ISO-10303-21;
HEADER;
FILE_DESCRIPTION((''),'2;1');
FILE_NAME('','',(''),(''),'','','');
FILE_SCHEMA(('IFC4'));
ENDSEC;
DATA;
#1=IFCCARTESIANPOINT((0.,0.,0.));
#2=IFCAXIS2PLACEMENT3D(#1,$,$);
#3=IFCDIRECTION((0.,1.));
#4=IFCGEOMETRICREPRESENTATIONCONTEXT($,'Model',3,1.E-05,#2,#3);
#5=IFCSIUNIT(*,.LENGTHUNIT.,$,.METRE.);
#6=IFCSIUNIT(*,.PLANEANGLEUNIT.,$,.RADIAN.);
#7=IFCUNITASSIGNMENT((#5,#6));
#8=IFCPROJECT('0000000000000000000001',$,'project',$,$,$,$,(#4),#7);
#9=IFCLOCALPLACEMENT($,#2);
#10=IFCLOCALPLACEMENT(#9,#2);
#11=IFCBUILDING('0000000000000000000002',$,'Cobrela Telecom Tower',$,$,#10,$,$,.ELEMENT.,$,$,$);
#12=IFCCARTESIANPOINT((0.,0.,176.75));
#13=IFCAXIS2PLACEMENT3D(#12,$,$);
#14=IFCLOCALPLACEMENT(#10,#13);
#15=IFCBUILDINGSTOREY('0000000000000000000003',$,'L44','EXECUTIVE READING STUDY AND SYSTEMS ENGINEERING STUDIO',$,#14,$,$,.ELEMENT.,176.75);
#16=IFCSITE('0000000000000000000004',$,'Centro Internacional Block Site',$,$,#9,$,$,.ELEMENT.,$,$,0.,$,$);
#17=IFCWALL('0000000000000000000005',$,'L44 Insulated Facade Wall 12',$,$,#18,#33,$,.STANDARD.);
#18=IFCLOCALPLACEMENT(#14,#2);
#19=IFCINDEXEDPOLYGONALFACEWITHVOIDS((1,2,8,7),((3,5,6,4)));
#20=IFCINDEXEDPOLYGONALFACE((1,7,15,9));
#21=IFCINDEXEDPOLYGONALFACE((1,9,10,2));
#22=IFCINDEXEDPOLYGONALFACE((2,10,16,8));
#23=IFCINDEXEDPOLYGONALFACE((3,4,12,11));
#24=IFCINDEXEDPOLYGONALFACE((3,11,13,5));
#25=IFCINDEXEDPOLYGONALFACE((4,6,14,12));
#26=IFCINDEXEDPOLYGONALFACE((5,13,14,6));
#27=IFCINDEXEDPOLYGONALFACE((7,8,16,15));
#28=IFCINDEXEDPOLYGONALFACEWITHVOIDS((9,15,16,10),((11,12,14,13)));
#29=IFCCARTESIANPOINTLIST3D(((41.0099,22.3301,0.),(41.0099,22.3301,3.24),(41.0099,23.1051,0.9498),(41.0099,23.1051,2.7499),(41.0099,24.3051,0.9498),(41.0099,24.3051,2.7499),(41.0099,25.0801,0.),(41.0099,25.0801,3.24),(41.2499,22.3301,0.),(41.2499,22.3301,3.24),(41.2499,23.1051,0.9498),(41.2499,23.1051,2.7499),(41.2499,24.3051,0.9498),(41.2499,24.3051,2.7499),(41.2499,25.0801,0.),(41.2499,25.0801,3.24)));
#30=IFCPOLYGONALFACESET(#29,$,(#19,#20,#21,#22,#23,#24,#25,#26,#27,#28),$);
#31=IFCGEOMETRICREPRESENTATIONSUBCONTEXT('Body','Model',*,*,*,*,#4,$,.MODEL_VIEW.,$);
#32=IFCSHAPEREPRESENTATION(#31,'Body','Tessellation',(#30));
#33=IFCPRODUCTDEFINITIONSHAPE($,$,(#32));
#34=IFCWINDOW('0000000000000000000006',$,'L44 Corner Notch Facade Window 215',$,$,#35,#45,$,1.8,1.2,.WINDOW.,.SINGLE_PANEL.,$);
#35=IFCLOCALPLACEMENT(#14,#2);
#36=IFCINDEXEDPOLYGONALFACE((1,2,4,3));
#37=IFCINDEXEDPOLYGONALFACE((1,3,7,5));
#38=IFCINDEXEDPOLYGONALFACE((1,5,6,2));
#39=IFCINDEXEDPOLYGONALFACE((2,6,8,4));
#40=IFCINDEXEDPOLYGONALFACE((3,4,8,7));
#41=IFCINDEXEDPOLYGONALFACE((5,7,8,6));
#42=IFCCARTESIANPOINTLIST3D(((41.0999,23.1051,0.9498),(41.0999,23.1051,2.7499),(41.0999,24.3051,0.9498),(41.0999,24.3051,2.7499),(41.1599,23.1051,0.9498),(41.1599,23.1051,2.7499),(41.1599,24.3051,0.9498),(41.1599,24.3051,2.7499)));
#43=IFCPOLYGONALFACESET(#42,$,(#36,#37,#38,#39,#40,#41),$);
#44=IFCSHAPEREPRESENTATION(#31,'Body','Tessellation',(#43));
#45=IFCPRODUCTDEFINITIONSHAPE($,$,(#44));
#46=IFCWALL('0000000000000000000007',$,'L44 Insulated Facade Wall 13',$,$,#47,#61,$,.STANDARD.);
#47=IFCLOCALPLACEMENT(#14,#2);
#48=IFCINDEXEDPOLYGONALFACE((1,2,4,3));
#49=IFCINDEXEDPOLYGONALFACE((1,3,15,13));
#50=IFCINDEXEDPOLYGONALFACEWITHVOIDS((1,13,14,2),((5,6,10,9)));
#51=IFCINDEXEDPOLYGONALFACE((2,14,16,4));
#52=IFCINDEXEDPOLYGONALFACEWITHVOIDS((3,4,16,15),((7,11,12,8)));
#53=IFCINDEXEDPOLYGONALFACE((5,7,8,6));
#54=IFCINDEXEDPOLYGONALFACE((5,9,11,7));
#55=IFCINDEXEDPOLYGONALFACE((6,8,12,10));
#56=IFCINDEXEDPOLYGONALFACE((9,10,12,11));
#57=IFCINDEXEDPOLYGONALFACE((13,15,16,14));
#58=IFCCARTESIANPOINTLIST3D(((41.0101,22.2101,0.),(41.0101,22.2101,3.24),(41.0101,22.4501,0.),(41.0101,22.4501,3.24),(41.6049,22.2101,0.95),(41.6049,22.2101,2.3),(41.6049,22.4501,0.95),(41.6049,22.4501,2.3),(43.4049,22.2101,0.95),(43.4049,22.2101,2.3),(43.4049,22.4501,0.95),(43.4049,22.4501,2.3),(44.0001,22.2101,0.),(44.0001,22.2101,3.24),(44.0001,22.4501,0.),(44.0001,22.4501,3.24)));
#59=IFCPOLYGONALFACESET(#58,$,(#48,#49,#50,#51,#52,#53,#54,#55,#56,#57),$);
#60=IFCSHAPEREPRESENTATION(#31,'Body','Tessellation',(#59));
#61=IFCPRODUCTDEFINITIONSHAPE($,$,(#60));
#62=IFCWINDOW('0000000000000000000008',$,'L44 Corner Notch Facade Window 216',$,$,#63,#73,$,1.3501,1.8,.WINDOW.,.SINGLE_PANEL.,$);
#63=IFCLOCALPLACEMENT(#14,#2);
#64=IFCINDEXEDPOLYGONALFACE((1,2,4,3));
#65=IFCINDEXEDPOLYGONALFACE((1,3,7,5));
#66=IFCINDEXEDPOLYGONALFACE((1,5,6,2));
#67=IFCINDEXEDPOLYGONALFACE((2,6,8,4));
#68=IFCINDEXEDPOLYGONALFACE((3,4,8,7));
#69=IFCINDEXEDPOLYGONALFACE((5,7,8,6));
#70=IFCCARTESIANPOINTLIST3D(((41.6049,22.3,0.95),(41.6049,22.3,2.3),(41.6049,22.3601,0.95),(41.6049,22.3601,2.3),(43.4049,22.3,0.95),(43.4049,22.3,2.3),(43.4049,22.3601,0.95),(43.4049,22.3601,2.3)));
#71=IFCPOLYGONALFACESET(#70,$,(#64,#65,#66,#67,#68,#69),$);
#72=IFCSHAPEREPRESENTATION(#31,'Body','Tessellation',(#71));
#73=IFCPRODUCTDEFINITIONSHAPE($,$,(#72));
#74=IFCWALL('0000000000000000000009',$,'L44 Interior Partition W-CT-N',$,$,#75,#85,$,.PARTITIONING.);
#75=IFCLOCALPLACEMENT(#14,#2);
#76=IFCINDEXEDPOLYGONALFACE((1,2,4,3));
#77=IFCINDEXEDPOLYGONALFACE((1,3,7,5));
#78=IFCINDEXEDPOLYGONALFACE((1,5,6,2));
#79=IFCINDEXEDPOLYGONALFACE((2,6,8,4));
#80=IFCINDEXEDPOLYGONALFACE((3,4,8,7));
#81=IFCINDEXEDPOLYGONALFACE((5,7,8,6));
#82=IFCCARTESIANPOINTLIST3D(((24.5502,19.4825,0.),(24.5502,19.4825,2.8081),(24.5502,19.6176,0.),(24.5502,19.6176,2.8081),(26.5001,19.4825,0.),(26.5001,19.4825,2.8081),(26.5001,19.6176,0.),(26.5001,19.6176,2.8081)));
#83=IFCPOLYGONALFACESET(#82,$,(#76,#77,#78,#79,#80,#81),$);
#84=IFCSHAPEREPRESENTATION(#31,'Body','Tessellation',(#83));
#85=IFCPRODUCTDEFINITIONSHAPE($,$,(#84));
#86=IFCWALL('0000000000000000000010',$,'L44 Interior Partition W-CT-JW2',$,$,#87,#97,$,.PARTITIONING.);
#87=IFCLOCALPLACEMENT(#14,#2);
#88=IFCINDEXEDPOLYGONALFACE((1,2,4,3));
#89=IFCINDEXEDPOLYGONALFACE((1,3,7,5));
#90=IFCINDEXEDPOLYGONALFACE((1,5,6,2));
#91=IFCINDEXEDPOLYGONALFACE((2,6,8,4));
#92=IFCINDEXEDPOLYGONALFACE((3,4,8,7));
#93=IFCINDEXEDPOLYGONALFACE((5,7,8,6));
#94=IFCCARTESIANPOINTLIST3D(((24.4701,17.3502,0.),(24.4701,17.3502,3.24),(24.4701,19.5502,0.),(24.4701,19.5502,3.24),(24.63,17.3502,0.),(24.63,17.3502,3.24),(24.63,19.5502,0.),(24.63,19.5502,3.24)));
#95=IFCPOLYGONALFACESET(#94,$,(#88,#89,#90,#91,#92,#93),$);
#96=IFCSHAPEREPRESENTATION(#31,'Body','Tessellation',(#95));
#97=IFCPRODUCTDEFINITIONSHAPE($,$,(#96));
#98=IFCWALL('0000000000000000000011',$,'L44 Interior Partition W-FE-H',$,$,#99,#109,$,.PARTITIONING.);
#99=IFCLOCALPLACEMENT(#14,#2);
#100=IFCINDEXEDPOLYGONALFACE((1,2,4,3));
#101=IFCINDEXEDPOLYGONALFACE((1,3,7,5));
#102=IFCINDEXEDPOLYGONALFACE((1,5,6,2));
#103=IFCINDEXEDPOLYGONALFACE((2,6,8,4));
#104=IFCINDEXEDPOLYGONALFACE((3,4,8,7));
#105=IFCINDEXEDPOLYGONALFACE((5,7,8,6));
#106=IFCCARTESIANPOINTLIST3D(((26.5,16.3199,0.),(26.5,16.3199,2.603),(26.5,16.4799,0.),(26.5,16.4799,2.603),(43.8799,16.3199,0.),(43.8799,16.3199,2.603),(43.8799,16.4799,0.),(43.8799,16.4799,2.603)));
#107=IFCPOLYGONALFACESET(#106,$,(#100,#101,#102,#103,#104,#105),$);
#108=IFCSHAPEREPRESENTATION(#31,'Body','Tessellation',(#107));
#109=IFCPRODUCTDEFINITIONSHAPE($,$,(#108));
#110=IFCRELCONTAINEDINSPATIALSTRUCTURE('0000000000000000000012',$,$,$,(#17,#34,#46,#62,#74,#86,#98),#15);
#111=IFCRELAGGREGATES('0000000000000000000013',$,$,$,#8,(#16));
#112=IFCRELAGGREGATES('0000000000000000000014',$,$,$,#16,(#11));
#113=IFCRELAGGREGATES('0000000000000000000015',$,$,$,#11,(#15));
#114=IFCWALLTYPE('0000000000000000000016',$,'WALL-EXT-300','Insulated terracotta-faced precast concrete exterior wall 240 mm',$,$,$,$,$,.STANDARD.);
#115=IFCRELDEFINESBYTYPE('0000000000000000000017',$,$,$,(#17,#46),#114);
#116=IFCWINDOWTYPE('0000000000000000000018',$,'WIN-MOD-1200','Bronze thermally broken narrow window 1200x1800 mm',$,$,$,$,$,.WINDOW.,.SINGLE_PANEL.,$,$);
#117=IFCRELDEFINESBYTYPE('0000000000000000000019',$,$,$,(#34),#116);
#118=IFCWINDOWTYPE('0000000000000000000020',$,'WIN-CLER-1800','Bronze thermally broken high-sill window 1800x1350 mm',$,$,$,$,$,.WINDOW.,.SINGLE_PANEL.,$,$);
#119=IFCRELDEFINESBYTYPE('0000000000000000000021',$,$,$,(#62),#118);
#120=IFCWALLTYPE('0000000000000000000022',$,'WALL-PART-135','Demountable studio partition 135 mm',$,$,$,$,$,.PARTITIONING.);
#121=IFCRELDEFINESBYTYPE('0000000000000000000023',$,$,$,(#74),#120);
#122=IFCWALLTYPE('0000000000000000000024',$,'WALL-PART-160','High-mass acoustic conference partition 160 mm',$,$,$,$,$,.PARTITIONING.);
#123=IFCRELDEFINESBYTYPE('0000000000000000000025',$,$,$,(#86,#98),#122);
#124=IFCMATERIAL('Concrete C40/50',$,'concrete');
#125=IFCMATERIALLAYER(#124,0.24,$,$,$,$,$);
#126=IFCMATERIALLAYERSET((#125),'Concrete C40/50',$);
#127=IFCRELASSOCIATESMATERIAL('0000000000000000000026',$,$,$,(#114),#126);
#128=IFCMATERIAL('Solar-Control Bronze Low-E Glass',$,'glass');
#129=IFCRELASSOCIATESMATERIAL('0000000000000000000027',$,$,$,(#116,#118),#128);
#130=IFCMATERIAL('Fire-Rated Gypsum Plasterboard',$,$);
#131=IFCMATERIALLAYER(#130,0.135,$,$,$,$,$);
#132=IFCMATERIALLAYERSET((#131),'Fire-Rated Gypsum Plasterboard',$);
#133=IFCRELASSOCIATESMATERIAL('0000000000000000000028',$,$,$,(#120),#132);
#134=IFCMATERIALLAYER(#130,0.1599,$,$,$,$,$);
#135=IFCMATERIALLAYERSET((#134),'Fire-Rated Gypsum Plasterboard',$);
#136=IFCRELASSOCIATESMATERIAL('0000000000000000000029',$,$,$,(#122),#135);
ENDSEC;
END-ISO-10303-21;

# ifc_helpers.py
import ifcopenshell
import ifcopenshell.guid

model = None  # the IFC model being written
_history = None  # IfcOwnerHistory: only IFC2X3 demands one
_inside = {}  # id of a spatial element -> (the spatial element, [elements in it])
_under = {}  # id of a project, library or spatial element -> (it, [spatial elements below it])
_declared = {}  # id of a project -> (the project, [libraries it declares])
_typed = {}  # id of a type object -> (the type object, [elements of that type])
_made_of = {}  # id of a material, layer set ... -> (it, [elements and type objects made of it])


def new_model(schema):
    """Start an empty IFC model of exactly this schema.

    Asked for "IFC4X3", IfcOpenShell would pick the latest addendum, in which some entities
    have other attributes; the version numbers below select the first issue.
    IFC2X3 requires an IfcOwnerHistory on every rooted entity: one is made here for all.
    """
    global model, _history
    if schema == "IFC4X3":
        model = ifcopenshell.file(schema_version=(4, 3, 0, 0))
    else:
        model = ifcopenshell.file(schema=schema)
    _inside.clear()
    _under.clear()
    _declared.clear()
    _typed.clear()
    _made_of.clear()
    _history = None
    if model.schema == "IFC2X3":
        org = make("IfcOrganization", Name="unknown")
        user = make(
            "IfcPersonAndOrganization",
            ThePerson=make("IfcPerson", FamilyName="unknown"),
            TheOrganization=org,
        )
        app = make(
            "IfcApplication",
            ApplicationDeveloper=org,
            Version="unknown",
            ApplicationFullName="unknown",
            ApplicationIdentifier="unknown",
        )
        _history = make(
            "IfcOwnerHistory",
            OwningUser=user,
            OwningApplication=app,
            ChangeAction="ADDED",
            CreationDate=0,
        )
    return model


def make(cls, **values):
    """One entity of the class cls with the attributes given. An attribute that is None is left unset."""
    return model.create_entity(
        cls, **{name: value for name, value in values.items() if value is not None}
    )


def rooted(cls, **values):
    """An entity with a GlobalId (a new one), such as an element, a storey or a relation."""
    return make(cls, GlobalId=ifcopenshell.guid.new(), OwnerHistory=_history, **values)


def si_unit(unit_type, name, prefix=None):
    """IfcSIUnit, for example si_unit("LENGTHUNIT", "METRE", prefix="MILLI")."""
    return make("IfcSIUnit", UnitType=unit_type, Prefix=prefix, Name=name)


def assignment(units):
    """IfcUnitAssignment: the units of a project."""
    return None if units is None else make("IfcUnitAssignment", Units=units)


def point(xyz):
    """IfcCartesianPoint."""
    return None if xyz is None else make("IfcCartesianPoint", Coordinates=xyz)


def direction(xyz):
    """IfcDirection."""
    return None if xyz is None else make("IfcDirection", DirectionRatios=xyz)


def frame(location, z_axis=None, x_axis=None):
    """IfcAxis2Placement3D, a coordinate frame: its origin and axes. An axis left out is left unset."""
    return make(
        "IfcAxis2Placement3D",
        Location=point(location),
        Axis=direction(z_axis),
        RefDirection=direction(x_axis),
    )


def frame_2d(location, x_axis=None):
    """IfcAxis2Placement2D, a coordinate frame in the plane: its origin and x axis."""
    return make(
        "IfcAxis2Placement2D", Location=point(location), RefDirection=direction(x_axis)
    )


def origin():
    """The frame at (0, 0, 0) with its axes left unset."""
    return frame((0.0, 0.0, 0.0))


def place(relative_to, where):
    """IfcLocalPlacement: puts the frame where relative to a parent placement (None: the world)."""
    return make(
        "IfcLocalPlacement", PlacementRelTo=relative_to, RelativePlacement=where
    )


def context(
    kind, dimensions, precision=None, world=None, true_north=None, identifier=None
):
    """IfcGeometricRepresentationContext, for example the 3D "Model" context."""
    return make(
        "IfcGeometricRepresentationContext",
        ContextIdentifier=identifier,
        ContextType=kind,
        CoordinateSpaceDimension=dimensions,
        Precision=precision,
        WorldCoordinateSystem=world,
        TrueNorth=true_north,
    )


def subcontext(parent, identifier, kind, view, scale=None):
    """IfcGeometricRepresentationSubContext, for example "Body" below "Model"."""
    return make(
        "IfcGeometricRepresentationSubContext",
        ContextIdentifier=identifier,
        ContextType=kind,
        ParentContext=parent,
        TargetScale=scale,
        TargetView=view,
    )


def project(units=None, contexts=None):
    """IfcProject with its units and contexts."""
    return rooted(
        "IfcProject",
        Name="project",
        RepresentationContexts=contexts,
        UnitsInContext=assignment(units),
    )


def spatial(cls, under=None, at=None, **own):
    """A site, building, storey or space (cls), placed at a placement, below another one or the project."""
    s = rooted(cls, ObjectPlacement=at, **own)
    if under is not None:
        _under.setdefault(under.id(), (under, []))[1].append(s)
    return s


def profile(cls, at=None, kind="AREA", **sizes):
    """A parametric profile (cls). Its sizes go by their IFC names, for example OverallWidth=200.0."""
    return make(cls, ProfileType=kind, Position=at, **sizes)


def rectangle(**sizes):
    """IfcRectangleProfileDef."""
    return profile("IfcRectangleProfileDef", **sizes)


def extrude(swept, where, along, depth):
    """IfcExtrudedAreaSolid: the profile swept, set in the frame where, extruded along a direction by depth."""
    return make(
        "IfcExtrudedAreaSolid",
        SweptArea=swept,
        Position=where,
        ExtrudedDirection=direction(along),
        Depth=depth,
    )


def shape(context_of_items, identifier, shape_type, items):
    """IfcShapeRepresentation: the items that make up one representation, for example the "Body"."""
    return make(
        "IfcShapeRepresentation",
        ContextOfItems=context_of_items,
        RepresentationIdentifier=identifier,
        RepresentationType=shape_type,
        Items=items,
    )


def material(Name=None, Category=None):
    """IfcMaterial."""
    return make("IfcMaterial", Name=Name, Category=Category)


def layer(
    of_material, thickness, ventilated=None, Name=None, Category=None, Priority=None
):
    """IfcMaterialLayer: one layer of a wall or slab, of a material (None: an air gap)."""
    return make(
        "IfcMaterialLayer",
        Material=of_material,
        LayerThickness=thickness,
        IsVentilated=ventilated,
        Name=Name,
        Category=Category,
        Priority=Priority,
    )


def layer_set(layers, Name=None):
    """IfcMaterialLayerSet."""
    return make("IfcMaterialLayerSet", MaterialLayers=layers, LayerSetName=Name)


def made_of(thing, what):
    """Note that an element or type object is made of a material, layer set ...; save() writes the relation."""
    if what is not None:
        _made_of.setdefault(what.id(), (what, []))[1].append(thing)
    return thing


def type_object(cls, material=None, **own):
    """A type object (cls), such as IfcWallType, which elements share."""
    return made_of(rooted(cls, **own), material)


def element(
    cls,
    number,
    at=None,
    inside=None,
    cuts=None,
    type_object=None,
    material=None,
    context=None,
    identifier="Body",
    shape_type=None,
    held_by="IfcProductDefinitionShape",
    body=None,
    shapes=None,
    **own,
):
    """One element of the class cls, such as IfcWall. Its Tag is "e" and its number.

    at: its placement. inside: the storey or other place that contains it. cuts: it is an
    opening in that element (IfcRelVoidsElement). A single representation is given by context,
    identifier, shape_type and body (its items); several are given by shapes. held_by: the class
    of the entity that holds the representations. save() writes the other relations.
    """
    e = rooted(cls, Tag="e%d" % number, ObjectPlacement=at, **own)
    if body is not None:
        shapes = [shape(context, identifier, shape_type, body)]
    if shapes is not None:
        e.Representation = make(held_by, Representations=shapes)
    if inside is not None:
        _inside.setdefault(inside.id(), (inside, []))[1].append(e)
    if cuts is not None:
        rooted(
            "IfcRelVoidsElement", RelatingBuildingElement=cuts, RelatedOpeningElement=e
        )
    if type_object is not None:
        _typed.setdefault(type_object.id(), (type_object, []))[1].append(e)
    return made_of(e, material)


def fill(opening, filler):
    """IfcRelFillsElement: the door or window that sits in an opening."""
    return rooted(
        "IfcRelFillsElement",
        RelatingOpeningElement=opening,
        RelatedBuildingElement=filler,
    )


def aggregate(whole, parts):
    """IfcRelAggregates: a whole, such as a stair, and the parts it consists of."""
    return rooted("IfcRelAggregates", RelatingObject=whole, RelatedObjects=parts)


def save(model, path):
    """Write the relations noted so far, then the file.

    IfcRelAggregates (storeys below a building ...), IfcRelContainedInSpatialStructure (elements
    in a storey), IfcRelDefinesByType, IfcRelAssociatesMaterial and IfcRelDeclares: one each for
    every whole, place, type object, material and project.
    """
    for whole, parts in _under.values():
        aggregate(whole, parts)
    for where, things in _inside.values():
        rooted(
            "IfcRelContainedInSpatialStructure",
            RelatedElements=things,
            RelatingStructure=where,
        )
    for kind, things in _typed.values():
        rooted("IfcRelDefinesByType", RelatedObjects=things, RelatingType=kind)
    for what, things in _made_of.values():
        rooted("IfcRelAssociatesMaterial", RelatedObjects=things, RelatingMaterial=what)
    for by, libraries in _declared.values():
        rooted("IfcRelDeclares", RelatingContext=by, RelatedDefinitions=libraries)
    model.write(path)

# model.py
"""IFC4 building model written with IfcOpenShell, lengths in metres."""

from ifc_helpers import new_model, si_unit, direction, frame, frame_2d, origin, place, context, subcontext, project, spatial, rectangle, extrude, material, layer, layer_set, type_object, element, fill, save


model = new_model("IFC4")

# Units and contexts
model_context = context("Model", 3, precision=1e-05, world=origin(), true_north=direction((0.0, 1.0)))
body_context = subcontext(model_context, "Body", "Model", "MODEL_VIEW")
ifc_project = project(units=[si_unit("LENGTHUNIT", "METRE"), si_unit("PLANEANGLEUNIT", "RADIAN")], contexts=[model_context])

# Site, building, storey
site_placement = place(None, origin())
site = spatial("IfcSite", under=ifc_project, at=site_placement, Name="Centro Internacional Block Site", CompositionType="ELEMENT", RefElevation=0.0)
building_placement = place(site_placement, origin())
building = spatial("IfcBuilding", under=site, at=building_placement, Name="Cobrela Telecom Tower", CompositionType="ELEMENT")
storey_placement = place(building_placement, frame((0.0, 0.0, 176.75)))
storey = spatial("IfcBuildingStorey", under=building, at=storey_placement, Name="L44", Description="EXECUTIVE READING STUDY AND SYSTEMS ENGINEERING STUDIO", CompositionType="ELEMENT", Elevation=176.75)

# Shared definitions
ifc_material_1 = material(Name="Solar-Control Bronze Low-E Glass", Category="glass")

# Walls, openings, windows
ifc_material_2 = material(Name="Concrete C40/50", Category="concrete")
ifc_layer_1 = layer(ifc_material_2, 0.24)
ifc_layer_set_1 = layer_set([ifc_layer_1], Name="Concrete C40/50")
wall_type_1 = type_object("IfcWallType", Name="WALL-EXT-300", Description="Insulated terracotta-faced precast concrete exterior wall 240 mm", PredefinedType="STANDARD", material=ifc_layer_set_1)
wall_1_placement = place(storey_placement, frame((41.1299, 25.0801, 0.0), z_axis=(0.0, 0.0, 1.0), x_axis=(0.0, -1.0, 0.0)))
wall_1 = element("IfcWall", 1, at=wall_1_placement, inside=storey, type_object=wall_type_1, Name="L44 Insulated Facade Wall 12", PredefinedType="STANDARD", context=body_context, shape_type="SweptSolid", body=[
    extrude(rectangle(XDim=2.75, YDim=0.24, at=frame_2d((1.375, 0.0))), origin(), (0.0, 0.0, 1.0), 3.24),
])
opening_1_placement = place(wall_1_placement, frame((0.7749, 0.0, 0.95)))
opening_1 = element("IfcOpeningElement", 2, at=opening_1_placement, cuts=wall_1, PredefinedType="OPENING", context=body_context, shape_type="SweptSolid", body=[
    extrude(rectangle(XDim=1.2, YDim=1.8, at=frame_2d((0.6001, 0.8999))), frame((0.0, 0.1318, 0.0), z_axis=(0.0, -1.0, 0.0), x_axis=(1.0, 0.0, 0.0)), (0.0, 0.0, 1.0), 0.2639),
])
window_type_1 = type_object("IfcWindowType", Name="WIN-MOD-1200", Description="Bronze thermally broken narrow window 1200x1800 mm", PartitioningType="SINGLE_PANEL", PredefinedType="WINDOW", material=ifc_material_1)
window_1_placement = place(opening_1_placement, origin())
window_1 = element("IfcWindow", 3, at=window_1_placement, inside=storey, type_object=window_type_1, Name="L44 Corner Notch Facade Window 215", OverallHeight=1.8, OverallWidth=1.2, PartitioningType="SINGLE_PANEL", PredefinedType="WINDOW", context=body_context, shape_type="SweptSolid", body=[
    extrude(rectangle(XDim=1.2, YDim=1.8, at=frame_2d((0.6001, 0.8999))), frame((0.0, 0.03, 0.0), z_axis=(0.0, -1.0, 0.0), x_axis=(1.0, 0.0, 0.0)), (0.0, 0.0, 1.0), 0.0601),
])
fill(opening_1, window_1)
wall_2_placement = place(storey_placement, frame((41.01, 22.3301, 0.0), z_axis=(0.0, 0.0, 1.0), x_axis=(1.0, 0.0, 0.0)))
wall_2 = element("IfcWall", 4, at=wall_2_placement, inside=storey, type_object=wall_type_1, Name="L44 Insulated Facade Wall 13", PredefinedType="STANDARD", context=body_context, shape_type="SweptSolid", body=[
    extrude(rectangle(XDim=2.99, YDim=0.24, at=frame_2d((1.4951, 0.0))), origin(), (0.0, 0.0, 1.0), 3.24),
])
opening_2_placement = place(wall_2_placement, frame((0.595, 0.0, 0.95)))
opening_2 = element("IfcOpeningElement", 5, at=opening_2_placement, cuts=wall_2, PredefinedType="OPENING", context=body_context, shape_type="SweptSolid", body=[
    extrude(rectangle(XDim=1.8, YDim=1.3501, at=frame_2d((0.8999, 0.675))), frame((0.0, 0.1318, 0.0), z_axis=(0.0, -1.0, 0.0), x_axis=(1.0, 0.0, 0.0)), (0.0, 0.0, 1.0), 0.2639),
])
window_type_2 = type_object("IfcWindowType", Name="WIN-CLER-1800", Description="Bronze thermally broken high-sill window 1800x1350 mm", PartitioningType="SINGLE_PANEL", PredefinedType="WINDOW", material=ifc_material_1)
window_2_placement = place(opening_2_placement, origin())
window_2 = element("IfcWindow", 6, at=window_2_placement, inside=storey, type_object=window_type_2, Name="L44 Corner Notch Facade Window 216", OverallHeight=1.3501, OverallWidth=1.8, PartitioningType="SINGLE_PANEL", PredefinedType="WINDOW", context=body_context, shape_type="SweptSolid", body=[
    extrude(rectangle(XDim=1.8, YDim=1.3501, at=frame_2d((0.8999, 0.675))), frame((0.0, 0.03, 0.0), z_axis=(0.0, -1.0, 0.0), x_axis=(1.0, 0.0, 0.0)), (0.0, 0.0, 1.0), 0.0601),
])
fill(opening_2, window_2)

# Walls
ifc_material_3 = material(Name="Fire-Rated Gypsum Plasterboard")
ifc_layer_2 = layer(ifc_material_3, 0.135)
ifc_layer_set_2 = layer_set([ifc_layer_2], Name="Fire-Rated Gypsum Plasterboard")
wall_type_2 = type_object("IfcWallType", Name="WALL-PART-135", Description="Demountable studio partition 135 mm", PredefinedType="PARTITIONING", material=ifc_layer_set_2)
wall_3_placement = place(storey_placement, frame((24.55, 19.55, 0.0), z_axis=(0.0, 0.0, 1.0), x_axis=(1.0, 0.0, 0.0)))
element("IfcWall", 7, at=wall_3_placement, inside=storey, type_object=wall_type_2, Name="L44 Interior Partition W-CT-N", PredefinedType="PARTITIONING", context=body_context, shape_type="SweptSolid", body=[
    extrude(rectangle(XDim=1.95, YDim=0.135, at=frame_2d((0.9751, 0.0))), origin(), (0.0, 0.0, 1.0), 2.8081),
])
ifc_layer_3 = layer(ifc_material_3, 0.1599)
ifc_layer_set_3 = layer_set([ifc_layer_3], Name="Fire-Rated Gypsum Plasterboard")
wall_type_3 = type_object("IfcWallType", Name="WALL-PART-160", Description="High-mass acoustic conference partition 160 mm", PredefinedType="PARTITIONING", material=ifc_layer_set_3)
wall_4_placement = place(storey_placement, frame((24.55, 17.3501, 0.0), z_axis=(0.0, 0.0, 1.0), x_axis=(0.0, 1.0, 0.0)))
element("IfcWall", 8, at=wall_4_placement, inside=storey, type_object=wall_type_3, Name="L44 Interior Partition W-CT-JW2", PredefinedType="PARTITIONING", context=body_context, shape_type="SweptSolid", body=[
    extrude(rectangle(XDim=2.2, YDim=0.1599, at=frame_2d((1.1001, 0.0))), origin(), (0.0, 0.0, 1.0), 3.24),
])
wall_5_placement = place(storey_placement, frame((26.5, 16.3999, 0.0), z_axis=(0.0, 0.0, 1.0), x_axis=(1.0, 0.0, 0.0)))
element("IfcWall", 9, at=wall_5_placement, inside=storey, type_object=wall_type_3, Name="L44 Interior Partition W-FE-H", PredefinedType="PARTITIONING", context=body_context, shape_type="SweptSolid", body=[
    extrude(rectangle(XDim=17.3799, YDim=0.1599, at=frame_2d((8.6899, 0.0))), origin(), (0.0, 0.0, 1.0), 2.603),
])

save(model, "model.ifc")
